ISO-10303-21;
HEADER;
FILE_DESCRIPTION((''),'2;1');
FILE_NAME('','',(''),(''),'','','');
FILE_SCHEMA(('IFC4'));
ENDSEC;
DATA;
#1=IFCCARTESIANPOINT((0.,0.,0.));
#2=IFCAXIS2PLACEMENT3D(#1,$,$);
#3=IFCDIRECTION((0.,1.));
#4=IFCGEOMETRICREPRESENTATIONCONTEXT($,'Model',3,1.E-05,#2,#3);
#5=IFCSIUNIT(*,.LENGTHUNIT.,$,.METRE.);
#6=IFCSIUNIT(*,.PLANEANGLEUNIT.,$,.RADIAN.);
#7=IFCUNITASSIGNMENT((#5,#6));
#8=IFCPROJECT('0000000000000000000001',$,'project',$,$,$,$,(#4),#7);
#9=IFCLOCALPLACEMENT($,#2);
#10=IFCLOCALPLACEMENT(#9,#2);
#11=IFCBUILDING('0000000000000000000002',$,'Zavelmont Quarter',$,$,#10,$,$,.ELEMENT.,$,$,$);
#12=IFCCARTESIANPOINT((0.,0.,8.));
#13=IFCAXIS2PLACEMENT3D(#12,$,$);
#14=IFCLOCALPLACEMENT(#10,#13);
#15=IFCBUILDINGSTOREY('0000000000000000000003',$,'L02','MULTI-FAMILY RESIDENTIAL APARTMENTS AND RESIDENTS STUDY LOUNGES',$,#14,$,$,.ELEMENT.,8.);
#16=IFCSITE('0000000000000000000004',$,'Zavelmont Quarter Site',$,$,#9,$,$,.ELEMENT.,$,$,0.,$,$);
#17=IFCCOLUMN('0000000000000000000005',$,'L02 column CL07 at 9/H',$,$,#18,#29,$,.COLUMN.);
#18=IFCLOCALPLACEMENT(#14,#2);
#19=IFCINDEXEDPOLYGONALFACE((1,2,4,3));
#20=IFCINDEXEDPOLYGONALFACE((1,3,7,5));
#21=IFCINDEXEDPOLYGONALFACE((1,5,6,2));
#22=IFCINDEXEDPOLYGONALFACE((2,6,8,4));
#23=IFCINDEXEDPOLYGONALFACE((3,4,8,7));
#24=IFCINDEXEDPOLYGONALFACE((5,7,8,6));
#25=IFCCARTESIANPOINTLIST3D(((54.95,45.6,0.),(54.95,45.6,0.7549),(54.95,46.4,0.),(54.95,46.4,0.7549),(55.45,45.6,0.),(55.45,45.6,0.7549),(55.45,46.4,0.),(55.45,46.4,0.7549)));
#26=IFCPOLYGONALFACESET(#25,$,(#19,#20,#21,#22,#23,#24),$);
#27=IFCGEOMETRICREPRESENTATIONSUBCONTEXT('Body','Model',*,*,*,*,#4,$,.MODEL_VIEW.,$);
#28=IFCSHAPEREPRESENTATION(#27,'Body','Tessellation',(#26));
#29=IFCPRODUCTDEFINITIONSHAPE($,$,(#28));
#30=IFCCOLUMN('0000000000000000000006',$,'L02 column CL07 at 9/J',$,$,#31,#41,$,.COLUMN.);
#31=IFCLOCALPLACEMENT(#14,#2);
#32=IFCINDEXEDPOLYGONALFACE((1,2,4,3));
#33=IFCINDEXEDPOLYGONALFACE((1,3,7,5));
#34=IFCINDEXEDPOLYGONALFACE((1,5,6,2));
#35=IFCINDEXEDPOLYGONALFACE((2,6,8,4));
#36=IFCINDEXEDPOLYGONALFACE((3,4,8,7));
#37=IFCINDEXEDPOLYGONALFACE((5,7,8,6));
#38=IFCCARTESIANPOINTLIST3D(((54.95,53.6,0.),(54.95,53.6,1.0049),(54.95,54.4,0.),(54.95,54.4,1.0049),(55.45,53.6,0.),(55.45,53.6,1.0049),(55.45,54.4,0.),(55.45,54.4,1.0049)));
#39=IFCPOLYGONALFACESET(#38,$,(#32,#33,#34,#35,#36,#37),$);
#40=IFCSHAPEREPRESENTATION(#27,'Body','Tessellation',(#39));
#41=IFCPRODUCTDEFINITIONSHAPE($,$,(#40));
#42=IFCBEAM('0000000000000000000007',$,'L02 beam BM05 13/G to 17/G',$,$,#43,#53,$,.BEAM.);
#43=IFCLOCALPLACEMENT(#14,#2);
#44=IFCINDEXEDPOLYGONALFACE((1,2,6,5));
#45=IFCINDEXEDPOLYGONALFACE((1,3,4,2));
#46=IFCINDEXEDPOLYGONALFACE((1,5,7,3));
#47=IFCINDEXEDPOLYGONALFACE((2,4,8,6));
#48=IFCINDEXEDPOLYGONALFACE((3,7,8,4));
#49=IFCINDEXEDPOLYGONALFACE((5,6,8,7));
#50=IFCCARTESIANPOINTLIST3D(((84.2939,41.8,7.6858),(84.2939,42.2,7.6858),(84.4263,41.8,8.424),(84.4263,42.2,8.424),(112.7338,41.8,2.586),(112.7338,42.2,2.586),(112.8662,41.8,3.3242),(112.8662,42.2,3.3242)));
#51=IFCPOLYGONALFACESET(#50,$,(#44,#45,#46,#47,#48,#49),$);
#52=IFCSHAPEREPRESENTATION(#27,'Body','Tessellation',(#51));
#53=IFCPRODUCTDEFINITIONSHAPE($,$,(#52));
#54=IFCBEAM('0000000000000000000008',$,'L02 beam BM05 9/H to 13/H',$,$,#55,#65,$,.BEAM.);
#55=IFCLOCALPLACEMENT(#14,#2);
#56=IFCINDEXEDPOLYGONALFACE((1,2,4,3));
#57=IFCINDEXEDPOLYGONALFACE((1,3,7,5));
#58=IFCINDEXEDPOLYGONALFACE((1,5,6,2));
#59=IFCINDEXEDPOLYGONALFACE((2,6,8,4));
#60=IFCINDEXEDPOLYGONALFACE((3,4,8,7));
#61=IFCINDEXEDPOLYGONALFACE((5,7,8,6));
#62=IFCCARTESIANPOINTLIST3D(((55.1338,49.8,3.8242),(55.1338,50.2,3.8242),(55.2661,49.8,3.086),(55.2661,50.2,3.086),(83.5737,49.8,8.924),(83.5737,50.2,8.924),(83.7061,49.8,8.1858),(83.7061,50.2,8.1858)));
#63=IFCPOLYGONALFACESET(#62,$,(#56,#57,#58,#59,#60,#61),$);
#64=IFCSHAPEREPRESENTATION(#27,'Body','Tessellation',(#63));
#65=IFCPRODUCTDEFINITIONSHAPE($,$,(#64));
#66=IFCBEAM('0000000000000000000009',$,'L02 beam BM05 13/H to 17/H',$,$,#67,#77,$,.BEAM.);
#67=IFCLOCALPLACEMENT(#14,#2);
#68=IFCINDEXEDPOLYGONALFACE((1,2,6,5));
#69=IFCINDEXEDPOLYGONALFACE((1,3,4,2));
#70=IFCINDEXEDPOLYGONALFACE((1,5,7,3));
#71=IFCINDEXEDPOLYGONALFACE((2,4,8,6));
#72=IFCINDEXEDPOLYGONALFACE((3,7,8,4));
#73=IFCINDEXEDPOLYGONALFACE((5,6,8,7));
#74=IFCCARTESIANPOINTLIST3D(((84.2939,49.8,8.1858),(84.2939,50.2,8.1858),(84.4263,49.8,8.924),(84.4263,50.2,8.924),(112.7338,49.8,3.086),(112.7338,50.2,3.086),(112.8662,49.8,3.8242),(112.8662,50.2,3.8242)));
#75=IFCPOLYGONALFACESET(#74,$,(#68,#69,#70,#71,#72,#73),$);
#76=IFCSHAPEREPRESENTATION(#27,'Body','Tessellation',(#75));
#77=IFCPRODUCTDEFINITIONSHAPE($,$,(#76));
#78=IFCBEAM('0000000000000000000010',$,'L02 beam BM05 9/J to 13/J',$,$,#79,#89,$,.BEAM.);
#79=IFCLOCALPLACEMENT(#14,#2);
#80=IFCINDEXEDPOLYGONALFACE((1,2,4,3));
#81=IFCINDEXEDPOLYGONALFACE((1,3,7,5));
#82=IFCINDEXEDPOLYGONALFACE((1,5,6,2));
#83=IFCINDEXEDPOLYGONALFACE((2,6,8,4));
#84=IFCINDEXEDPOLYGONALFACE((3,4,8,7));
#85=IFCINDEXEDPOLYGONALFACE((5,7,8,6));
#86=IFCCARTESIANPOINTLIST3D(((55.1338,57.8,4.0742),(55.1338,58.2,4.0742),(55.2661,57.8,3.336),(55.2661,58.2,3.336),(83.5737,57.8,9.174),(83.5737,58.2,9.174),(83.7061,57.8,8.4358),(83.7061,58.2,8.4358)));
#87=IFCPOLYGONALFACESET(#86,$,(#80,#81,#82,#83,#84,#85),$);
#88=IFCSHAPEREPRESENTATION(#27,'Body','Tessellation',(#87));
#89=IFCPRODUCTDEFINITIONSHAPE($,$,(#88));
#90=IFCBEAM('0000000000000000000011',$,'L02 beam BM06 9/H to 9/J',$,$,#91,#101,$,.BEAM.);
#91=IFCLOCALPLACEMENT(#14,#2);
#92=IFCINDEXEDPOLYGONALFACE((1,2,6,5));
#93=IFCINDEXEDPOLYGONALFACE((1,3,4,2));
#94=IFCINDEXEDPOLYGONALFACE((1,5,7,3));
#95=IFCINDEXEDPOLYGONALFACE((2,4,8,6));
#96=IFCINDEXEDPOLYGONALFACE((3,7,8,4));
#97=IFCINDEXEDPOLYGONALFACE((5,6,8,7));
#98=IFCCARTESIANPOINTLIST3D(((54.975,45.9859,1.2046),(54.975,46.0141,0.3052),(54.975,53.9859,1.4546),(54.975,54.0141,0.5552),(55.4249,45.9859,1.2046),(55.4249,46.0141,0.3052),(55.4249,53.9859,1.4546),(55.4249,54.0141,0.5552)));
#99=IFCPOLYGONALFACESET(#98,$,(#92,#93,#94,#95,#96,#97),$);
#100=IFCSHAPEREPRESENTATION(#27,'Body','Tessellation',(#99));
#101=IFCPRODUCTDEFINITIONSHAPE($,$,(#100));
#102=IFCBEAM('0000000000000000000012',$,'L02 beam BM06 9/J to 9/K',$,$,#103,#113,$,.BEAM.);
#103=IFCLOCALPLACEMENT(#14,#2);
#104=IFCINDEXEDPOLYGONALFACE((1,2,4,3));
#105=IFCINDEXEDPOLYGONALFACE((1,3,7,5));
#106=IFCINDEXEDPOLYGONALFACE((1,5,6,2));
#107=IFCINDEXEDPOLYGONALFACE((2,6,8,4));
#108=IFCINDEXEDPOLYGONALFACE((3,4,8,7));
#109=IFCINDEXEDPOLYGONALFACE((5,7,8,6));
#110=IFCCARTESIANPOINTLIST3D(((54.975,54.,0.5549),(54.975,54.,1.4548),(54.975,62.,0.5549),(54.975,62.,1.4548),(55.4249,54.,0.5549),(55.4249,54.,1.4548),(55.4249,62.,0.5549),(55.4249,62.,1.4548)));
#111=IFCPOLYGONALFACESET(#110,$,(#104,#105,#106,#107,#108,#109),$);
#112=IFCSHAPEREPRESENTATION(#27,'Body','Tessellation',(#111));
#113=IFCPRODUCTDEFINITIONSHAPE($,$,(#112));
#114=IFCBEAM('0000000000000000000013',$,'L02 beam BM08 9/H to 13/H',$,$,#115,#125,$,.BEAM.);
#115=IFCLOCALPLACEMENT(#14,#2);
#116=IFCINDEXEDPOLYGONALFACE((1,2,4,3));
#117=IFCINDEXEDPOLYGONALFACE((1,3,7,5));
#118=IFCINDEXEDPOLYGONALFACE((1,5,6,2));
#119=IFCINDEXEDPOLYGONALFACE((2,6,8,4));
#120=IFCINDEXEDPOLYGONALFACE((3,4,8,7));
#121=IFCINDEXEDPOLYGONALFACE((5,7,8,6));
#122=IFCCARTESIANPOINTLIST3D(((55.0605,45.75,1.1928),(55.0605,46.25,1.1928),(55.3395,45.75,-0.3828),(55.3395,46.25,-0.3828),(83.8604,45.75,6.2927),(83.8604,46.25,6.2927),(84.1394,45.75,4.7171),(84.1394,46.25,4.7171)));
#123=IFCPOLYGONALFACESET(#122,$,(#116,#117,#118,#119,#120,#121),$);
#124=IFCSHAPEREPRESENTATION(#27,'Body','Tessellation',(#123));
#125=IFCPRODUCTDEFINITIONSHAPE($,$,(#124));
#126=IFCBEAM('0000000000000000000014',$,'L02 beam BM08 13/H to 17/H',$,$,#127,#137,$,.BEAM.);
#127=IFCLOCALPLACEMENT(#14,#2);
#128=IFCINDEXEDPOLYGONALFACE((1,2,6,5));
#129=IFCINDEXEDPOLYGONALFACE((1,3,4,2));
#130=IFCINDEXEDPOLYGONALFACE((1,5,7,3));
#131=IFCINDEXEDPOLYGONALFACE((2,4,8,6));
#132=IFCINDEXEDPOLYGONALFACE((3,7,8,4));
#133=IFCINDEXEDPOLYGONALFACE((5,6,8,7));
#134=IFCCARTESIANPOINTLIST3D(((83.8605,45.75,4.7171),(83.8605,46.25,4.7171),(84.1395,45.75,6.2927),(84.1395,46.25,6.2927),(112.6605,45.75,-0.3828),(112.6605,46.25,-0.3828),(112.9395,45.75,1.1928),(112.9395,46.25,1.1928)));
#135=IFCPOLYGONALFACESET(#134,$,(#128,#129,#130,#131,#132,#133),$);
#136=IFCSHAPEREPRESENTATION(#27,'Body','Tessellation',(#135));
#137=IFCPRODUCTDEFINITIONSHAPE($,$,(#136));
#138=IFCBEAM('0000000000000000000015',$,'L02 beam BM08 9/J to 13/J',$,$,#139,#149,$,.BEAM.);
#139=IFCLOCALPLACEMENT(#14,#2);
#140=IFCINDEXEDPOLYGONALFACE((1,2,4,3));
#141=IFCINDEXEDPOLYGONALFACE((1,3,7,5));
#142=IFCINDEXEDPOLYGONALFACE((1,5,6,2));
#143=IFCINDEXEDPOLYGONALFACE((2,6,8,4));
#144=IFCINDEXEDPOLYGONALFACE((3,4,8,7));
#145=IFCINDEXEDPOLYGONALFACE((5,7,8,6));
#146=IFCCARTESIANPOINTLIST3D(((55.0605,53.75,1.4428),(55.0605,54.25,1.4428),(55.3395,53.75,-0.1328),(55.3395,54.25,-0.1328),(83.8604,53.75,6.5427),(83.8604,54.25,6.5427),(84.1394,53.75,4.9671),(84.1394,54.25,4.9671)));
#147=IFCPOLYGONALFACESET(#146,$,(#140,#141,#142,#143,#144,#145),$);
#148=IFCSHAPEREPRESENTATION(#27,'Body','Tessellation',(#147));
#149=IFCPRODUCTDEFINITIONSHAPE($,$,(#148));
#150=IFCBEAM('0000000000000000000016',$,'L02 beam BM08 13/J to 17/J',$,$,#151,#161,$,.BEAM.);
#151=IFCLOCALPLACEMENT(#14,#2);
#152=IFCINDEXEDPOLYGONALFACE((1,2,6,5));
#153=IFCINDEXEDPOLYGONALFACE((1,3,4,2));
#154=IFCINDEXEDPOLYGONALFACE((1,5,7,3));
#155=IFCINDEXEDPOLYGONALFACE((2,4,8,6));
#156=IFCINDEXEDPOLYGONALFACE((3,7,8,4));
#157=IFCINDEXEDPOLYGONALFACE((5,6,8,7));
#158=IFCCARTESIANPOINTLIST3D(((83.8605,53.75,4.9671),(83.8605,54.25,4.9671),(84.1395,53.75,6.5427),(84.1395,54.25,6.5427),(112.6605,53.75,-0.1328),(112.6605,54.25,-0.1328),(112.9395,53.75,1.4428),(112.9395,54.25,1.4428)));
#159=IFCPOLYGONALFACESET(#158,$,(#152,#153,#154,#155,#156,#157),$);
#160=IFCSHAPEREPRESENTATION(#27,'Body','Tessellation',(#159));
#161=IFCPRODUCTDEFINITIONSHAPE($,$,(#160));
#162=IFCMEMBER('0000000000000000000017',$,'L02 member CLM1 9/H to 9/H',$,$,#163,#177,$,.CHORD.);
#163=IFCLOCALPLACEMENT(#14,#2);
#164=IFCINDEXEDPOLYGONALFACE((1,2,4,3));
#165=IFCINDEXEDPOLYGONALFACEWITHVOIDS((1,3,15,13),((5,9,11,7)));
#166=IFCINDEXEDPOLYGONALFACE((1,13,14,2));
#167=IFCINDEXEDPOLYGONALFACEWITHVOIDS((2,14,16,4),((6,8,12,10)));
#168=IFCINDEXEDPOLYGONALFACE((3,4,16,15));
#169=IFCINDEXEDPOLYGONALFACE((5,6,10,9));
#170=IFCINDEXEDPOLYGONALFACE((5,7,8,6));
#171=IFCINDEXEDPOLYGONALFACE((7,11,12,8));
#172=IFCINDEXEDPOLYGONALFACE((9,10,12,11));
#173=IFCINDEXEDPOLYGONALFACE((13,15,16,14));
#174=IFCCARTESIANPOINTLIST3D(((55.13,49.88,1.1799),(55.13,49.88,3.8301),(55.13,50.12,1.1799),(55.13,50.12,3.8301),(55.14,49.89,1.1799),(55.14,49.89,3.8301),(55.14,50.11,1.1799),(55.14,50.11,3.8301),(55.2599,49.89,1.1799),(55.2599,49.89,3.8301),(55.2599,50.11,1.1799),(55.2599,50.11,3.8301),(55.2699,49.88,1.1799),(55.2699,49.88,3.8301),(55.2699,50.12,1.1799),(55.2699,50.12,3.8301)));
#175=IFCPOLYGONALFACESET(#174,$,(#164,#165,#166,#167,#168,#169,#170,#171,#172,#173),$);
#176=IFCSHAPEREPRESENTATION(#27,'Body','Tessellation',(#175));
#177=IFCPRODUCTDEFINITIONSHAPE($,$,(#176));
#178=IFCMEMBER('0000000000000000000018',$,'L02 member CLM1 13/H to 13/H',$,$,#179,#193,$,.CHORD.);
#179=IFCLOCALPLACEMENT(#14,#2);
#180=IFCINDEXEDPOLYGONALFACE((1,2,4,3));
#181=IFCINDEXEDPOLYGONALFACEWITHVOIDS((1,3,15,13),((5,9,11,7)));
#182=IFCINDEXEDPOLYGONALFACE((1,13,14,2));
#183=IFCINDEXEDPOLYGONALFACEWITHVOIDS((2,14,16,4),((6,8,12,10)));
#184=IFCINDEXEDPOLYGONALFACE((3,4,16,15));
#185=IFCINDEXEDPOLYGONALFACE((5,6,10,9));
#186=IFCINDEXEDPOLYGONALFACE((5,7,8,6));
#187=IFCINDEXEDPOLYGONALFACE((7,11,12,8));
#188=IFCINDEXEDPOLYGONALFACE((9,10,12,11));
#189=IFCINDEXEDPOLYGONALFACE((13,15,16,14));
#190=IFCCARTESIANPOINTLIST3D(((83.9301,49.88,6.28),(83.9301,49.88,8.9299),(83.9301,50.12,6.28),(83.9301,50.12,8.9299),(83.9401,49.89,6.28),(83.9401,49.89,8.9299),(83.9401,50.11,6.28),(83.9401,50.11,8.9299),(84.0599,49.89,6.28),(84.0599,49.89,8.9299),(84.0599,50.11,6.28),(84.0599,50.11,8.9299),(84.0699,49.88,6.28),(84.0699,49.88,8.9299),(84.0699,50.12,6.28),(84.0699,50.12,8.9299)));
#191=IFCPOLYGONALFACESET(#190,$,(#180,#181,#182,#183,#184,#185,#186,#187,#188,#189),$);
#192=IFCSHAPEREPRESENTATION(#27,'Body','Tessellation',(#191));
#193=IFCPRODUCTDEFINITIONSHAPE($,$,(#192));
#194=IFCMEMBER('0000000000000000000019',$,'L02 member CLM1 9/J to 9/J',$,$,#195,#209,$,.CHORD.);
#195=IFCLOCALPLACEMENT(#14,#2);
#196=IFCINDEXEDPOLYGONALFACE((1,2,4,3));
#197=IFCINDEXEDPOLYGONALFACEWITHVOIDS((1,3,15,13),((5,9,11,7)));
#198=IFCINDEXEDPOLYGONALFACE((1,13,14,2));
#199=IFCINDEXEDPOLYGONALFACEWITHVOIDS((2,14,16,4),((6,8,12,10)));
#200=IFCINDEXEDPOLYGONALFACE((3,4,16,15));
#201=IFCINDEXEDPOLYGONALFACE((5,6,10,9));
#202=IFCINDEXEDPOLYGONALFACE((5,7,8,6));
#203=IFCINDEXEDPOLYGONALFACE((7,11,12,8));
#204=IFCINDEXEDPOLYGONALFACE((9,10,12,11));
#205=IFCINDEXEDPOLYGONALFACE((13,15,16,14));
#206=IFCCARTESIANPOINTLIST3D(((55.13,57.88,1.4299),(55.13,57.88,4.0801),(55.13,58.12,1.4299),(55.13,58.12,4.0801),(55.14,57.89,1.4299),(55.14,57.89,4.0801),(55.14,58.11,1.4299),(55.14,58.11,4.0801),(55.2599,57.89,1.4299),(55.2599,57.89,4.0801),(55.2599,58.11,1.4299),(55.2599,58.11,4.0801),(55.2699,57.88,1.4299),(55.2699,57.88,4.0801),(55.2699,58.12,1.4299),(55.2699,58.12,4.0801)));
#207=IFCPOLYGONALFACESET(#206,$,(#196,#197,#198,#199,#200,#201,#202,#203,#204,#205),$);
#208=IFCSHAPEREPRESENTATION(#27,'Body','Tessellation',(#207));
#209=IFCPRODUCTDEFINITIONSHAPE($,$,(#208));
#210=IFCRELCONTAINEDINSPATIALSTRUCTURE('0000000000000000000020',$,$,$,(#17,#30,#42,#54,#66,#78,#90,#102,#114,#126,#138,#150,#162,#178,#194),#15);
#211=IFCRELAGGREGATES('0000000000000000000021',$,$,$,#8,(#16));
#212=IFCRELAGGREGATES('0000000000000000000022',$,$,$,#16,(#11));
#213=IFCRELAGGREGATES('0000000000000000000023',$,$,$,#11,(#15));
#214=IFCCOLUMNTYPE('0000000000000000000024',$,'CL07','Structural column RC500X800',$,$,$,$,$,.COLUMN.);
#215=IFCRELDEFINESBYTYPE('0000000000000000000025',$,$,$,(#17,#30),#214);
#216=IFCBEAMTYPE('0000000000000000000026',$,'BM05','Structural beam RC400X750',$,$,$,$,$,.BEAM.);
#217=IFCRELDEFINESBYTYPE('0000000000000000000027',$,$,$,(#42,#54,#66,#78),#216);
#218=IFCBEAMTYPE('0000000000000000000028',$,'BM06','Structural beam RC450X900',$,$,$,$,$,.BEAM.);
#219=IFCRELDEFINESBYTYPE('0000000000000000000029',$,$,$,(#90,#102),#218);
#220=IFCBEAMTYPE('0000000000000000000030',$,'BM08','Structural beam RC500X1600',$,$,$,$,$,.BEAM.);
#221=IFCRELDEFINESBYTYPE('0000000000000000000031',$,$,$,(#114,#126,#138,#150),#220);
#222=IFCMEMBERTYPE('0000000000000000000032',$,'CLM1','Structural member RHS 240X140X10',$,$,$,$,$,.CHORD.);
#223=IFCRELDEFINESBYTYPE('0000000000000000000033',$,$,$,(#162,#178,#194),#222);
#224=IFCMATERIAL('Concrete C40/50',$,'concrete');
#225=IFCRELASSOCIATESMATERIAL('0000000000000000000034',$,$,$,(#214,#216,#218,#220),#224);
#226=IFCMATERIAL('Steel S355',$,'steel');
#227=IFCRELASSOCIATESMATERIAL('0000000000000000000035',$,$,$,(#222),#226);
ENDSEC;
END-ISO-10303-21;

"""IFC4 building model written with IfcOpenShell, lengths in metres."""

from ifc_helpers import new_model, si_unit, direction, frame, origin, origin_2d, place, context, subcontext, project, spatial, rectangle, hollow_rectangle, extrude, material, material_profile, profile_set, type_object, element, save


model = new_model("IFC4")

# Units and contexts
model_context = context("Model", 3, precision=1e-05, world=origin(), true_north=direction((0.0, 1.0)))
body_context = subcontext(model_context, "Body", "Model", "MODEL_VIEW")
ifc_project = project(units=[si_unit("LENGTHUNIT", "METRE"), si_unit("PLANEANGLEUNIT", "RADIAN")], contexts=[model_context])

# Site, building, storey
site_placement = place(None, origin())
site = spatial("IfcSite", under=ifc_project, at=site_placement, Name="Zavelmont Quarter Site", CompositionType="ELEMENT", RefElevation=0.0)
building_placement = place(site_placement, origin())
building = spatial("IfcBuilding", under=site, at=building_placement, Name="Zavelmont Quarter", CompositionType="ELEMENT")
storey_placement = place(building_placement, frame((0.0, 0.0, 8.0)))
storey = spatial("IfcBuildingStorey", under=building, at=storey_placement, Name="L02", Description="MULTI-FAMILY RESIDENTIAL APARTMENTS AND RESIDENTS STUDY LOUNGES", CompositionType="ELEMENT", Elevation=8.0)

# Columns
ifc_material_1 = material(Name="Concrete C40/50", Category="concrete")
ifc_material_profile_1 = material_profile(ifc_material_1, rectangle(XDim=0.5, YDim=0.8, at=origin_2d()), Name="RC500X800")
ifc_profile_set_1 = profile_set([ifc_material_profile_1], Name="Concrete C40/50")
column_type = type_object("IfcColumnType", Name="CL07", Description="Structural column RC500X800", PredefinedType="COLUMN", material=ifc_profile_set_1)
column_1_placement = place(storey_placement, frame((55.2, 46.0, 0.0), z_axis=(0.0, 0.0, 1.0), x_axis=(1.0, 0.0, 0.0)))
element("IfcColumn", 1, at=column_1_placement, inside=storey, type_object=column_type, Name="L02 column CL07 at 9/H", PredefinedType="COLUMN", context=body_context, shape_type="SweptSolid", body=[
    extrude(rectangle(XDim=0.5, YDim=0.8, at=origin_2d()), origin(), (0.0, 0.0, 1.0), 0.7549),
])
column_2_placement = place(storey_placement, frame((55.2, 54.0, 0.0), z_axis=(0.0, 0.0, 1.0), x_axis=(1.0, 0.0, 0.0)))
element("IfcColumn", 2, at=column_2_placement, inside=storey, type_object=column_type, Name="L02 column CL07 at 9/J", PredefinedType="COLUMN", context=body_context, shape_type="SweptSolid", body=[
    extrude(rectangle(XDim=0.5, YDim=0.8, at=origin_2d()), origin(), (0.0, 0.0, 1.0), 1.0049),
])

# Beams
ifc_material_profile_2 = material_profile(ifc_material_1, rectangle(XDim=0.3999, YDim=0.75, at=origin_2d()), Name="RC400X750")
ifc_profile_set_2 = profile_set([ifc_material_profile_2], Name="Concrete C40/50")
beam_type_1 = type_object("IfcBeamType", Name="BM05", Description="Structural beam RC400X750", PredefinedType="BEAM", material=ifc_profile_set_2)
for number, where, z_axis, x_axis, name in (
    (3, (84.3601, 42.0, 8.0549), (0.9843, 0.0, -0.176505), (0.0, 1.0, 0.0), "L02 beam BM05 13/G to 17/G"),
    (4, (55.2, 50.0, 3.4551), (0.9843, 0.0, 0.176505), (0.0, 1.0, 0.0), "L02 beam BM05 9/H to 13/H"),
    (5, (84.3601, 50.0, 8.5549), (0.9843, 0.0, -0.176505), (0.0, 1.0, 0.0), "L02 beam BM05 13/H to 17/H"),
    (6, (55.2, 58.0, 3.7051), (0.9843, 0.0, 0.176505), (0.0, 1.0, 0.0), "L02 beam BM05 9/J to 13/J"),
):
    element("IfcBeam", number, at=place(storey_placement, frame(where, z_axis=z_axis, x_axis=x_axis)), inside=storey, type_object=beam_type_1, Name=name, PredefinedType="BEAM", context=body_context, shape_type="SweptSolid", body=[
        extrude(rectangle(XDim=0.3999, YDim=0.75, at=origin_2d()), origin(), (0.0, 0.0, 1.0), 28.8936),
    ])
ifc_material_profile_3 = material_profile(ifc_material_1, rectangle(XDim=0.45, YDim=0.8999, at=origin_2d()), Name="RC450X900")
ifc_profile_set_3 = profile_set([ifc_material_profile_3], Name="Concrete C40/50")
beam_type_2 = type_object("IfcBeamType", Name="BM06", Description="Structural beam RC450X900", PredefinedType="BEAM", material=ifc_profile_set_3)
beam_1_placement = place(storey_placement, frame((55.2, 46.0, 0.7549), z_axis=(0.0, 0.999512, 0.031235), x_axis=(-1.0, 0.0, 0.0)))
element("IfcBeam", 7, at=beam_1_placement, inside=storey, type_object=beam_type_2, Name="L02 beam BM06 9/H to 9/J", PredefinedType="BEAM", context=body_context, shape_type="SweptSolid", body=[
    extrude(rectangle(XDim=0.45, YDim=0.8999, at=origin_2d()), origin(), (0.0, 0.0, 1.0), 8.0039),
])
beam_2_placement = place(storey_placement, frame((55.2, 54.0, 1.0049), z_axis=(0.0, 1.0, 0.0), x_axis=(-1.0, 0.0, 0.0)))
element("IfcBeam", 8, at=beam_2_placement, inside=storey, type_object=beam_type_2, Name="L02 beam BM06 9/J to 9/K", PredefinedType="BEAM", context=body_context, shape_type="SweptSolid", body=[
    extrude(rectangle(XDim=0.45, YDim=0.8999, at=origin_2d()), origin(), (0.0, 0.0, 1.0), 8.0),
])
ifc_material_profile_4 = material_profile(ifc_material_1, rectangle(XDim=0.5, YDim=1.6001, at=origin_2d()), Name="RC500X1600")
ifc_profile_set_4 = profile_set([ifc_material_profile_4], Name="Concrete C40/50")
beam_type_3 = type_object("IfcBeamType", Name="BM08", Description="Structural beam RC500X1600", PredefinedType="BEAM", material=ifc_profile_set_4)
for number, where, z_axis, x_axis, name in (
    (9, (55.2, 46.0, 0.405), (0.984681, 0.0, 0.174365), (0.0, 1.0, 0.0), "L02 beam BM08 9/H to 13/H"),
    (10, (84.0, 46.0, 5.5049), (0.984681, 0.0, -0.174365), (0.0, 1.0, 0.0), "L02 beam BM08 13/H to 17/H"),
    (11, (55.2, 54.0, 0.655), (0.984681, 0.0, 0.174365), (0.0, 1.0, 0.0), "L02 beam BM08 9/J to 13/J"),
    (12, (84.0, 54.0, 5.7549), (0.984681, 0.0, -0.174365), (0.0, 1.0, 0.0), "L02 beam BM08 13/J to 17/J"),
):
    element("IfcBeam", number, at=place(storey_placement, frame(where, z_axis=z_axis, x_axis=x_axis)), inside=storey, type_object=beam_type_3, Name=name, PredefinedType="BEAM", context=body_context, shape_type="SweptSolid", body=[
        extrude(rectangle(XDim=0.5, YDim=1.6001, at=origin_2d()), origin(), (0.0, 0.0, 1.0), 29.248),
    ])

# Members
ifc_material_2 = material(Name="Steel S355", Category="steel")
ifc_material_profile_5 = material_profile(ifc_material_2, hollow_rectangle(XDim=0.1399, YDim=0.24, WallThickness=0.01, at=origin_2d()), Name="RHS 240X140X10")
ifc_profile_set_5 = profile_set([ifc_material_profile_5], Name="Steel S355")
member_type_1 = type_object("IfcMemberType", Name="CLM1", Description="Structural member RHS 240X140X10", PredefinedType="CHORD", material=ifc_profile_set_5)
member_1_placement = place(storey_placement, frame((55.2, 50.0, 1.1799), z_axis=(0.0, 0.0, 1.0), x_axis=(1.0, 0.0, 0.0)))
element("IfcMember", 13, at=member_1_placement, inside=storey, type_object=member_type_1, Name="L02 member CLM1 9/H to 9/H", PredefinedType="CHORD", context=body_context, shape_type="SweptSolid", body=[
    extrude(hollow_rectangle(XDim=0.1399, YDim=0.24, WallThickness=0.01, at=origin_2d()), origin(), (0.0, 0.0, 1.0), 2.6501),
])
member_2_placement = place(storey_placement, frame((84.0, 50.0, 6.28), z_axis=(0.0, 0.0, 1.0), x_axis=(1.0, 0.0, 0.0)))
element("IfcMember", 14, at=member_2_placement, inside=storey, type_object=member_type_1, Name="L02 member CLM1 13/H to 13/H", PredefinedType="CHORD", context=body_context, shape_type="SweptSolid", body=[
    extrude(hollow_rectangle(XDim=0.1399, YDim=0.24, WallThickness=0.01, at=origin_2d()), origin(), (0.0, 0.0, 1.0), 2.6499),
])
member_3_placement = place(storey_placement, frame((55.2, 58.0, 1.4299), z_axis=(0.0, 0.0, 1.0), x_axis=(1.0, 0.0, 0.0)))
element("IfcMember", 15, at=member_3_placement, inside=storey, type_object=member_type_1, Name="L02 member CLM1 9/J to 9/J", PredefinedType="CHORD", context=body_context, shape_type="SweptSolid", body=[
    extrude(hollow_rectangle(XDim=0.1399, YDim=0.24, WallThickness=0.01, at=origin_2d()), origin(), (0.0, 0.0, 1.0), 2.6501),
])

save(model, "model.ifc")
